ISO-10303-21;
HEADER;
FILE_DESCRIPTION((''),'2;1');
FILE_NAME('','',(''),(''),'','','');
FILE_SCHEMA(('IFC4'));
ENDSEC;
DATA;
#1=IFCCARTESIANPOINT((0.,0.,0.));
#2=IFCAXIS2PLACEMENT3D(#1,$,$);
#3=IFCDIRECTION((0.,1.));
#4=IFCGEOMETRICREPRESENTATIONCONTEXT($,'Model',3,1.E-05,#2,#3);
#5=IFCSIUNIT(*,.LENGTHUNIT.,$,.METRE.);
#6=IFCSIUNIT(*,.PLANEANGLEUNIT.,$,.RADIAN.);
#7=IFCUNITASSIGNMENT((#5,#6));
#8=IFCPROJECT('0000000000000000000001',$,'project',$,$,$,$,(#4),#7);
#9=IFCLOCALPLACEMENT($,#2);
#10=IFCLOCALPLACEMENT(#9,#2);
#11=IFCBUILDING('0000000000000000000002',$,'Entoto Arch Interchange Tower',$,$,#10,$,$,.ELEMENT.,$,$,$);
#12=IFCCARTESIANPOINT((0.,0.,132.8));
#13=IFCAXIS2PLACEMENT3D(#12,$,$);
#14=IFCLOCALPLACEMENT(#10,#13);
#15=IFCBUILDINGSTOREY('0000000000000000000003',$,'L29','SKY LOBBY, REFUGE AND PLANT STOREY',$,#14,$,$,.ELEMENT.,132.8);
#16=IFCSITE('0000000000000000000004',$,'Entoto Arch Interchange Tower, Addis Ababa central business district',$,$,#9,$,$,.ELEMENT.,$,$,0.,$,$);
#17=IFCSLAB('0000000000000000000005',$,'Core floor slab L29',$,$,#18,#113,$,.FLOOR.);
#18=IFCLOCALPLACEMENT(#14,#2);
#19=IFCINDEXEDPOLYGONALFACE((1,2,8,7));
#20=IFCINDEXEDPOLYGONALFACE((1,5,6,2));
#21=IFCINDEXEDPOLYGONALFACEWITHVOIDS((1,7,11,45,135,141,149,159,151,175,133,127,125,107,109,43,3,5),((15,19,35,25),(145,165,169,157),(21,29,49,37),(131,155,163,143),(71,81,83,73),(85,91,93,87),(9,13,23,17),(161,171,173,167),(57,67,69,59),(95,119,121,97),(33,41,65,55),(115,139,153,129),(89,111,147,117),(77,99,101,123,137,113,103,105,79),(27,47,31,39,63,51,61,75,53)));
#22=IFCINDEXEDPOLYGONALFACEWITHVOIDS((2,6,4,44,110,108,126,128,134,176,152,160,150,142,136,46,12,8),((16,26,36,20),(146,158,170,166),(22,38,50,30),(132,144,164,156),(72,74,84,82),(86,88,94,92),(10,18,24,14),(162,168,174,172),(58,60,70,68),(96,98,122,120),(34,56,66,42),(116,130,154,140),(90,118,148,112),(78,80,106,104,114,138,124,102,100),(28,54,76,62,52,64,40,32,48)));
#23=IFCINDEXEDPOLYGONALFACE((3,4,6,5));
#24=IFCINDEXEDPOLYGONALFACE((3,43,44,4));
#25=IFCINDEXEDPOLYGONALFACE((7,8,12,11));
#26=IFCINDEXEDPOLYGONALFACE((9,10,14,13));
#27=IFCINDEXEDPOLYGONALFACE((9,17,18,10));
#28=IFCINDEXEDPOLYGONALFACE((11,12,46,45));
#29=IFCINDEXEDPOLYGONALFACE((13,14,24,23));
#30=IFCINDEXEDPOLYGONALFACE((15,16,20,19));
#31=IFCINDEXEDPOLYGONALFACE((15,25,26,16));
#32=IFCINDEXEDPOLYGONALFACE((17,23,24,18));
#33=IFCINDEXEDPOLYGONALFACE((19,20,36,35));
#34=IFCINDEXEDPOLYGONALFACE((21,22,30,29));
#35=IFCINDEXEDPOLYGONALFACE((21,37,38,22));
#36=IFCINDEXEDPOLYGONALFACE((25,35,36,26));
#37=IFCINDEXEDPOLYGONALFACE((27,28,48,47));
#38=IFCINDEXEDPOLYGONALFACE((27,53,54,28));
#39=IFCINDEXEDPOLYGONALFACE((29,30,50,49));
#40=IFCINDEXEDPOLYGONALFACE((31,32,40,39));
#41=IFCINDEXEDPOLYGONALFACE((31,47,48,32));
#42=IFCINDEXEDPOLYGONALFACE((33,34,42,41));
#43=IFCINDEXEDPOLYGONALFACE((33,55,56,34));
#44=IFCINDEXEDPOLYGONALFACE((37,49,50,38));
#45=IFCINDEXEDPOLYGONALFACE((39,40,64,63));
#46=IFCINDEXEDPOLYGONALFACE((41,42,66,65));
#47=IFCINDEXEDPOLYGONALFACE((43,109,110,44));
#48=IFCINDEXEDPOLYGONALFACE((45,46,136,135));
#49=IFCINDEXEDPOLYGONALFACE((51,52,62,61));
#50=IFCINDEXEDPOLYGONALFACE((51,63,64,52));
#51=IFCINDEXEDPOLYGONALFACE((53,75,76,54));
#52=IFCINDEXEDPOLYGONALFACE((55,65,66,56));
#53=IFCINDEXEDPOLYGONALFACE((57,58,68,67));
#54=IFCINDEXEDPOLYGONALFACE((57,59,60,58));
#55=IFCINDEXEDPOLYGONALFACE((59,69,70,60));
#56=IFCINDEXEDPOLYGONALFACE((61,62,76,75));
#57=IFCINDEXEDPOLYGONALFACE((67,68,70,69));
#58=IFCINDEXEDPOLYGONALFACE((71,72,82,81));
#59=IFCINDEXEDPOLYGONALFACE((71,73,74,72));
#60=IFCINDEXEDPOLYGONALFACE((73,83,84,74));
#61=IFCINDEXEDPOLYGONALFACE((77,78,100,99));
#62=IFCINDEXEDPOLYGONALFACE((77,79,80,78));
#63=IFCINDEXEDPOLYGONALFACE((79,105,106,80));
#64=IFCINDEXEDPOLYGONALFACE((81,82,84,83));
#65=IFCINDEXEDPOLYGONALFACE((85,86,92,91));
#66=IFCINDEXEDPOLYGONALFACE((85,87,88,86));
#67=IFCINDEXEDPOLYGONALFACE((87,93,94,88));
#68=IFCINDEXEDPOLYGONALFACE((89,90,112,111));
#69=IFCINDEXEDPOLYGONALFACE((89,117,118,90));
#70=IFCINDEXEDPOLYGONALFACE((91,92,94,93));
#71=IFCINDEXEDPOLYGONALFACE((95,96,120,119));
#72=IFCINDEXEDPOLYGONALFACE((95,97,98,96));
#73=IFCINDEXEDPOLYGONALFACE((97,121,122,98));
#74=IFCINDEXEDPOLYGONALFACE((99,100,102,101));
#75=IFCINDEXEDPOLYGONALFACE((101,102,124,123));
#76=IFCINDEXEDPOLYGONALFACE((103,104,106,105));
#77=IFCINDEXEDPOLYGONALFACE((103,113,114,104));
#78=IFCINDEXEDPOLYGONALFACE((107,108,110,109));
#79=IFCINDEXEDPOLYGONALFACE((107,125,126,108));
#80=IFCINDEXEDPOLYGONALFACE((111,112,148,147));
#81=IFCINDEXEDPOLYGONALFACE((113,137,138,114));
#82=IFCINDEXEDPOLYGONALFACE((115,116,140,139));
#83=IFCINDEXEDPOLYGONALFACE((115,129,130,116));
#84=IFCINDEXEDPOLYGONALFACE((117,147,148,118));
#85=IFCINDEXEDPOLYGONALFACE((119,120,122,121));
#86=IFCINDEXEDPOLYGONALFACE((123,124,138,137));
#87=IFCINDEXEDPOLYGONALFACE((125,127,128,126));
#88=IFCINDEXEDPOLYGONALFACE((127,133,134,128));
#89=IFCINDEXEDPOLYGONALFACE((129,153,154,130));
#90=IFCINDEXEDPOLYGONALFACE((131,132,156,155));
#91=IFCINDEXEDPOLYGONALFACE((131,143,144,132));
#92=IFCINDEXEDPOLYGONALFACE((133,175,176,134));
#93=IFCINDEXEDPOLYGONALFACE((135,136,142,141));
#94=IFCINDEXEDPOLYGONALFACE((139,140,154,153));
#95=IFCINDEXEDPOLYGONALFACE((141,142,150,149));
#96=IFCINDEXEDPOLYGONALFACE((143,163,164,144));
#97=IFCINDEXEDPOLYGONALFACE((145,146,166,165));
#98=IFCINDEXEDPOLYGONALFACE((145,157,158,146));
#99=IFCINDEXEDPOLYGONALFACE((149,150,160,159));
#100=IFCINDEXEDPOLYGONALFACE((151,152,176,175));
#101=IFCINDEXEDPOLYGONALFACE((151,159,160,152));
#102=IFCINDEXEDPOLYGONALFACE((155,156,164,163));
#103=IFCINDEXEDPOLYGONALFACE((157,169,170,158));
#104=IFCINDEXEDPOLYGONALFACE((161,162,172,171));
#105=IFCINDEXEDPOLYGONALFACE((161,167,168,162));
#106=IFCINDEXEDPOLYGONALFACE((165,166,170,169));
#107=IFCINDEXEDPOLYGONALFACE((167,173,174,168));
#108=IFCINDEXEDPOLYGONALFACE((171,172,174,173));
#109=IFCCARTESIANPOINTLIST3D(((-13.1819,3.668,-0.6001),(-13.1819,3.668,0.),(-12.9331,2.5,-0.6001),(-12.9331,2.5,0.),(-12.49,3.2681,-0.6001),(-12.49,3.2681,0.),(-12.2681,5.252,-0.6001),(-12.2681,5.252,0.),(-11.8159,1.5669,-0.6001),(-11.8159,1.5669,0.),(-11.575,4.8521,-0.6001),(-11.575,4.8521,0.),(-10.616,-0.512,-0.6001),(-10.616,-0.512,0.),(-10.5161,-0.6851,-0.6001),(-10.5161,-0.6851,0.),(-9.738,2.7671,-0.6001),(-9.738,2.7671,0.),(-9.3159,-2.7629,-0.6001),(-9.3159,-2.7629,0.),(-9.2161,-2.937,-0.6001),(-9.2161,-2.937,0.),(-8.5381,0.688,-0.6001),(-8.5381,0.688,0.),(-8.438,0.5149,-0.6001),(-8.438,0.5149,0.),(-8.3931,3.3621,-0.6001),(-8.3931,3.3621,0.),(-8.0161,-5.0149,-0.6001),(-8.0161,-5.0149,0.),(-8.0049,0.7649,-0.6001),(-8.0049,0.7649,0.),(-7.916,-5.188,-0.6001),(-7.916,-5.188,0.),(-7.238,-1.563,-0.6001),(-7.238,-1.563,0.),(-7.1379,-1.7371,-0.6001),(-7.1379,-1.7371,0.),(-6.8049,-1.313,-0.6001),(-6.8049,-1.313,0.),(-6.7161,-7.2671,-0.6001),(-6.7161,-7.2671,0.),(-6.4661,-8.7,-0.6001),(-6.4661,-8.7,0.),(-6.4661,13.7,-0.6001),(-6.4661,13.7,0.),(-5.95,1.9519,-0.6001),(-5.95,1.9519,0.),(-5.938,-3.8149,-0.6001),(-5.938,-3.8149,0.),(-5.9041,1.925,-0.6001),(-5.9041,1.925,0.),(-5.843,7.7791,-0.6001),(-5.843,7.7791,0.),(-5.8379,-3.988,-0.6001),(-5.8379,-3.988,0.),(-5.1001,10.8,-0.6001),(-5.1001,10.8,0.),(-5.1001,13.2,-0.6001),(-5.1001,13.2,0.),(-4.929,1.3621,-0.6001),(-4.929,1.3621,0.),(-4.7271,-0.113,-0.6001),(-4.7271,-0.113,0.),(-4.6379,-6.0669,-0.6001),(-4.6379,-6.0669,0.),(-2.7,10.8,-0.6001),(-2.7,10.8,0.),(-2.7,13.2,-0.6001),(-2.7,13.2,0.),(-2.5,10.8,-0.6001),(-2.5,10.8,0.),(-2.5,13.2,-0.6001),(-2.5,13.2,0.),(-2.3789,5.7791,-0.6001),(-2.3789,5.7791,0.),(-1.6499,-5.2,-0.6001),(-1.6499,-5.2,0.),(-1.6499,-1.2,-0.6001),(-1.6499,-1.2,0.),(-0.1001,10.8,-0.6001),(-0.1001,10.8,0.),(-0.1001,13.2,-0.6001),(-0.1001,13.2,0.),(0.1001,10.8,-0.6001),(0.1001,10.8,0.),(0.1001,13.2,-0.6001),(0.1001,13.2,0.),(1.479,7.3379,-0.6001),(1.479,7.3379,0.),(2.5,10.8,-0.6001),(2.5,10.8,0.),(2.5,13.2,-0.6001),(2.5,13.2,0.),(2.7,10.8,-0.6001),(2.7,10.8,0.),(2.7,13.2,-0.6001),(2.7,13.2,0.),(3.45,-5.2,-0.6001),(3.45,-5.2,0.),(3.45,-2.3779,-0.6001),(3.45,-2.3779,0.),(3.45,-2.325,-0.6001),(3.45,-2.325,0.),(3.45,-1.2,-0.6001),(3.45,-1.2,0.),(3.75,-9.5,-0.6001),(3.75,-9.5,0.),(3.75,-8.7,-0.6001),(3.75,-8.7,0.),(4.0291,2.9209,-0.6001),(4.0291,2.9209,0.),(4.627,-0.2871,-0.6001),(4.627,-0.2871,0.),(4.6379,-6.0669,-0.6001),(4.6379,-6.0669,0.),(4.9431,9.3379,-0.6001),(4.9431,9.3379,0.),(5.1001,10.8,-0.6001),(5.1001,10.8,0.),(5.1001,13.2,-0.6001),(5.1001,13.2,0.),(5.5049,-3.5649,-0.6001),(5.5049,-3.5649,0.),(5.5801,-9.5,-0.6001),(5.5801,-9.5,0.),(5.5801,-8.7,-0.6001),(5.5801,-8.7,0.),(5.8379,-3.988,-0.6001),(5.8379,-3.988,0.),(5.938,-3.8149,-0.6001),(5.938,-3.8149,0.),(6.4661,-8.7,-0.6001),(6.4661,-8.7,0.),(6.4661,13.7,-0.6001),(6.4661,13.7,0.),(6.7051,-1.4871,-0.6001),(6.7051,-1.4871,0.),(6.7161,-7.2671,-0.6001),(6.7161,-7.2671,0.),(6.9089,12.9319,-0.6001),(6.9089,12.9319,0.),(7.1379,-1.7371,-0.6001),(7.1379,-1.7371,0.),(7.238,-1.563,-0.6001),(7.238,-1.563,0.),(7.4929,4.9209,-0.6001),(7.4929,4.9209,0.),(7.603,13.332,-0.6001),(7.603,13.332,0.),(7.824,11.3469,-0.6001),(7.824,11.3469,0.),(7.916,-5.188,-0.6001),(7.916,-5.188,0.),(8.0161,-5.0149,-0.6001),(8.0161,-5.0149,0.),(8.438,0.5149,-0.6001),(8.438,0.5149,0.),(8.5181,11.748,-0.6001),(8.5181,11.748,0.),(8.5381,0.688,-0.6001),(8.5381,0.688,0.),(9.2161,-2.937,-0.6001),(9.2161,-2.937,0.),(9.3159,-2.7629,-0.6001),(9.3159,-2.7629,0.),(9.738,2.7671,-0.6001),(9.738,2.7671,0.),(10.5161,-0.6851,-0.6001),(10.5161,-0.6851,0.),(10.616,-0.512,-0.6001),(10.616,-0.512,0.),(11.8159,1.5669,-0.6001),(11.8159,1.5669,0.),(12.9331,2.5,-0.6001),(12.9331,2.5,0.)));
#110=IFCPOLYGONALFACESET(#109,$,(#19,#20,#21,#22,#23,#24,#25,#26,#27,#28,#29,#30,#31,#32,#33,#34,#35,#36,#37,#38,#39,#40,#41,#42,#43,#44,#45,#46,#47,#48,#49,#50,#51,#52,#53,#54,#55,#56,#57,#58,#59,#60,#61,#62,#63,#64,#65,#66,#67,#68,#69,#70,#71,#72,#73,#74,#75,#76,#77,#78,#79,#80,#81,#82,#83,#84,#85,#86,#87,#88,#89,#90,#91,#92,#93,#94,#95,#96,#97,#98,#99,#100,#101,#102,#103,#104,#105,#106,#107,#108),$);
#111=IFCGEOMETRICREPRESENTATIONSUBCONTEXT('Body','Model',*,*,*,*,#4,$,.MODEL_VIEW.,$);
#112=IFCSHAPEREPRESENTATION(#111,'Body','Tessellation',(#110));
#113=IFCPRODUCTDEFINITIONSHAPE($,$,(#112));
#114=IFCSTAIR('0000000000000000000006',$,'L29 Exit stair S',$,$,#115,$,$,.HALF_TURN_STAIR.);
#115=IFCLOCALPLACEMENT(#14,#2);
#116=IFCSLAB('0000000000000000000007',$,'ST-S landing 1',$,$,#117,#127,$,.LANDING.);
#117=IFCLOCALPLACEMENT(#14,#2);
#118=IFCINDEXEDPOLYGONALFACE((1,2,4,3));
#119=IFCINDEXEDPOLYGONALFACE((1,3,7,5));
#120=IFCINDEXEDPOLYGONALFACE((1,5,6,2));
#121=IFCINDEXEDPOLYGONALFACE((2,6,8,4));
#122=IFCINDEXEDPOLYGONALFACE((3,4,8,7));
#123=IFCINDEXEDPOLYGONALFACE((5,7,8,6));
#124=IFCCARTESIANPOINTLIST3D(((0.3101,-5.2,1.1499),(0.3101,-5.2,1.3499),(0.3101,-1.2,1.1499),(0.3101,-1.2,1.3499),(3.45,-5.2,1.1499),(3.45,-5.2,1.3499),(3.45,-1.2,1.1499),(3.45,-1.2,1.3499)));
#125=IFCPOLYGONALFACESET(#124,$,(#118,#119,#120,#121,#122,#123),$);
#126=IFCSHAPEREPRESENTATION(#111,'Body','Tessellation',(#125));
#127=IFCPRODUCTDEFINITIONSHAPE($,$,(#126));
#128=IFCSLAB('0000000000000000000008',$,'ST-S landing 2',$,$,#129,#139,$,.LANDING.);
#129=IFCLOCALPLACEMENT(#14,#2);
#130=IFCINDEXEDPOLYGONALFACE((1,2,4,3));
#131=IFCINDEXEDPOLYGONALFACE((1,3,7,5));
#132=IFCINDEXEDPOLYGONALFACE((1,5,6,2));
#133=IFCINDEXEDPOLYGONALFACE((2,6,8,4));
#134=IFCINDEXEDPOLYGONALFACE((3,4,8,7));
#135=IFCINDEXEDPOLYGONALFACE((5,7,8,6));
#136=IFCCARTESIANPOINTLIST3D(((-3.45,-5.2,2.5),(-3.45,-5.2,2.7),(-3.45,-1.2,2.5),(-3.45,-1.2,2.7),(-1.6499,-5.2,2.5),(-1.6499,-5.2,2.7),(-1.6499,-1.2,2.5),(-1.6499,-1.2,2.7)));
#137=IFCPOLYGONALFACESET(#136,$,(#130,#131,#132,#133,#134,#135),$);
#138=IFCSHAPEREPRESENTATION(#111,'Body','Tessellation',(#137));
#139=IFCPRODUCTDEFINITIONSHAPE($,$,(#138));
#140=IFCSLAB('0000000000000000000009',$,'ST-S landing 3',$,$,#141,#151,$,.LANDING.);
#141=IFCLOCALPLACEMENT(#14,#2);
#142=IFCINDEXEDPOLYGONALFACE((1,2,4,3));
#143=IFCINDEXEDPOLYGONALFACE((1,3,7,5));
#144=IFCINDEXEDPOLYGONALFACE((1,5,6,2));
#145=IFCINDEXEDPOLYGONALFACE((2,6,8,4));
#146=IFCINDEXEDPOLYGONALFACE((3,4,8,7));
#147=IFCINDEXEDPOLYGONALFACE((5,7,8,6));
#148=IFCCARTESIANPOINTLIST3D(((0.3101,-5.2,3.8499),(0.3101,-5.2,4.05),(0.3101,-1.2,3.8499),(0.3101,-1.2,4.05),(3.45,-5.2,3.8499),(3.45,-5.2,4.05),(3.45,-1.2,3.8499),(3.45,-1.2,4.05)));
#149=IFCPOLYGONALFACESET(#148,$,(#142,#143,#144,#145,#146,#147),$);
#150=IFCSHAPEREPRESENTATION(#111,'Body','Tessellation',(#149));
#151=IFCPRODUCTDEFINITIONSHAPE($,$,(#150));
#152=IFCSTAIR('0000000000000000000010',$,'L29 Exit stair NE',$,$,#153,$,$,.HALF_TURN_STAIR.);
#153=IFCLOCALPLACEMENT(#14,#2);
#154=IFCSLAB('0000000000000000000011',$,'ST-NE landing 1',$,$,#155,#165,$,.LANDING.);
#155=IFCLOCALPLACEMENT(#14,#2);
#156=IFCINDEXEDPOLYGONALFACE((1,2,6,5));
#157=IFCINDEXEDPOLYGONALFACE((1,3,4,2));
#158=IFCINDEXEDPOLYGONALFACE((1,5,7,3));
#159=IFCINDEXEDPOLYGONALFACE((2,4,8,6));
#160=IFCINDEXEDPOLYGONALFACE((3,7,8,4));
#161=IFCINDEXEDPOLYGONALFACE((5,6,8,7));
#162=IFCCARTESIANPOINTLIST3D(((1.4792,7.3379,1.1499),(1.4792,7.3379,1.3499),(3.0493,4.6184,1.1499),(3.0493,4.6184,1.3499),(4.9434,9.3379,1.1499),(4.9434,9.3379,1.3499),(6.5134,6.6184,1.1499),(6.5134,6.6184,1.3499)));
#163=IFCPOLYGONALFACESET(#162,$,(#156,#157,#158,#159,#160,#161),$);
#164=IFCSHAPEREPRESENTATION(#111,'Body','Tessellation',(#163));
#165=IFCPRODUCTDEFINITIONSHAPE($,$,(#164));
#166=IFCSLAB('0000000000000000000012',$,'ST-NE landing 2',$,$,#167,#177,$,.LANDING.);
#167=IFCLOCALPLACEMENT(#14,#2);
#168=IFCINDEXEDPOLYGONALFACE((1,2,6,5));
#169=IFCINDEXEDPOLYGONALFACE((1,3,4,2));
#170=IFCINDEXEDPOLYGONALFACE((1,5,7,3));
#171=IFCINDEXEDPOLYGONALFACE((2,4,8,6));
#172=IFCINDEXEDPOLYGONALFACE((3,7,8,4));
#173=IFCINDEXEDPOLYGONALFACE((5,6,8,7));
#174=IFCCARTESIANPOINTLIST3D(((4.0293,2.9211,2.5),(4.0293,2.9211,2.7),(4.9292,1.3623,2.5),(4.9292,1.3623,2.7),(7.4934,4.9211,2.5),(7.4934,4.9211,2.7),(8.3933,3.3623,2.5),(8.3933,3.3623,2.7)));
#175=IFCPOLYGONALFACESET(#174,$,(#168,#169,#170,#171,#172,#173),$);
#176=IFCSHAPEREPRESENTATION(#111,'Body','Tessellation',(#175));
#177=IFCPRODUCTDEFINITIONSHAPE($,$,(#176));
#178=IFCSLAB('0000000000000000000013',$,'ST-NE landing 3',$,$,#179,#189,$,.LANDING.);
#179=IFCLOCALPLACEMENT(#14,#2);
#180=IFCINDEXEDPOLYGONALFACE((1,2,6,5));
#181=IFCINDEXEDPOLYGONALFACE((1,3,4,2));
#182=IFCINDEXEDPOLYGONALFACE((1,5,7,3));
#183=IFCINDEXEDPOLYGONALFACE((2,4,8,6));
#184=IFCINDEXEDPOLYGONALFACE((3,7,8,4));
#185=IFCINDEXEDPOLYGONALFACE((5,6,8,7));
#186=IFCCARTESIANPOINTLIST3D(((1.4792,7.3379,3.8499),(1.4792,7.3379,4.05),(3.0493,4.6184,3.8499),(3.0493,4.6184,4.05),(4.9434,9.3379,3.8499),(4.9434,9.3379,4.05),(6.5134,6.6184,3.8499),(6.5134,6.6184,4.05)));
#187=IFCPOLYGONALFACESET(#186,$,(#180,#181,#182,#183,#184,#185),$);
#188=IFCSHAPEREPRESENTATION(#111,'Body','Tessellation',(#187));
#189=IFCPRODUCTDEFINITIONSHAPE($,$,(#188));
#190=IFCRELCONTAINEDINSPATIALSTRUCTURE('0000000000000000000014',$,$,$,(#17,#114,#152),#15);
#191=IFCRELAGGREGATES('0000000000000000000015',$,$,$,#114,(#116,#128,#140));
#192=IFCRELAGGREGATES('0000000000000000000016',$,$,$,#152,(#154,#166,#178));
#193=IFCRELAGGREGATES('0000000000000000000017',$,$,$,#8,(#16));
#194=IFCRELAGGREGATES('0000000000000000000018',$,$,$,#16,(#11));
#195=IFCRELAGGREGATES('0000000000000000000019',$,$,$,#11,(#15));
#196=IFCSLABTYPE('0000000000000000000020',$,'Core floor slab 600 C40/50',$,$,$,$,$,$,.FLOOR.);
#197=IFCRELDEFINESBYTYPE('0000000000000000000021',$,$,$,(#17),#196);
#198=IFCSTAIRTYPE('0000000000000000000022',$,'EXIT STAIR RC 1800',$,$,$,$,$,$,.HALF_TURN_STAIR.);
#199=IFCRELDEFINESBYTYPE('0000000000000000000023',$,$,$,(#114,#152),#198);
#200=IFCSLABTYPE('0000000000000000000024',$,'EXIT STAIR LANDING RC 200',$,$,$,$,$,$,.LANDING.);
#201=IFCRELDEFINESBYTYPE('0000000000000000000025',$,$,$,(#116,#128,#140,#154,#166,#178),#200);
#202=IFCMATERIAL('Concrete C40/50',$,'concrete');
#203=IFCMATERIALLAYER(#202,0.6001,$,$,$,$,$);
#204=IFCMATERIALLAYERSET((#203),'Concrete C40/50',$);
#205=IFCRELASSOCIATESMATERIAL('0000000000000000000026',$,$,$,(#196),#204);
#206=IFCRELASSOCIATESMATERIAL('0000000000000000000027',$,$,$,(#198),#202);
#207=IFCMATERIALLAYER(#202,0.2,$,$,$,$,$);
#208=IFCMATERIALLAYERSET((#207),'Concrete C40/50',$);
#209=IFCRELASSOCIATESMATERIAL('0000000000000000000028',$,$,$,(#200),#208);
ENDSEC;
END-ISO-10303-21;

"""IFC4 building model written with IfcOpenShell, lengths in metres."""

from ifc_helpers import new_model, si_unit, direction, frame, origin, place, context, subcontext, project, spatial, polyline, outline, extrude, material, layer, layer_set, type_object, element, aggregate, save


model = new_model("IFC4")

# Units and contexts
model_context = context("Model", 3, precision=1e-05, world=origin(), true_north=direction((0.0, 1.0)))
body_context = subcontext(model_context, "Body", "Model", "MODEL_VIEW")
ifc_project = project(units=[si_unit("LENGTHUNIT", "METRE"), si_unit("PLANEANGLEUNIT", "RADIAN")], contexts=[model_context])

# Site, building, storey
site_placement = place(None, origin())
site = spatial("IfcSite", under=ifc_project, at=site_placement, Name="Entoto Arch Interchange Tower, Addis Ababa central business district", CompositionType="ELEMENT", RefElevation=0.0)
building_placement = place(site_placement, origin())
building = spatial("IfcBuilding", under=site, at=building_placement, Name="Entoto Arch Interchange Tower", CompositionType="ELEMENT")
storey_placement = place(building_placement, frame((0.0, 0.0, 132.8)))
storey = spatial("IfcBuildingStorey", under=building, at=storey_placement, Name="L29", Description="SKY LOBBY, REFUGE AND PLANT STOREY", CompositionType="ELEMENT", Elevation=132.8)

# Slab
ifc_material_1 = material(Name="Concrete C40/50", Category="concrete")
ifc_layer_1 = layer(ifc_material_1, 0.6001)
ifc_layer_set_1 = layer_set([ifc_layer_1], Name="Concrete C40/50")
slab_type_1 = type_object("IfcSlabType", Name="Core floor slab 600 C40/50", PredefinedType="FLOOR", material=ifc_layer_set_1)
slab_1_placement = place(storey_placement, frame((0.0, 0.0, -0.6001)))
element("IfcSlab", 1, at=slab_1_placement, inside=storey, type_object=slab_type_1, Name="Core floor slab L29", PredefinedType="FLOOR", context=body_context, shape_type="SweptSolid", body=[
    extrude(outline(polyline([(5.5801, -9.5), (3.75, -9.5), (3.75, -8.7), (-6.4661, -8.7), (-12.9331, 2.5), (-12.49, 3.2681), (-13.1819, 3.668), (-12.2681, 5.252), (-11.575, 4.8521), (-6.4661, 13.7), (6.4661, 13.7), (6.9089, 12.9319), (7.603, 13.332), (8.5181, 11.748), (7.824, 11.3469), (12.9331, 2.5), (6.4661, -8.7), (5.5801, -8.7), (5.5801, -9.5)]), holes=[polyline([(-4.6379, -6.0669), (-5.8379, -3.988), (-7.916, -5.188), (-6.7161, -7.2671), (-4.6379, -6.0669)]), polyline([(-5.938, -3.8149), (-7.1379, -1.7371), (-9.2161, -2.937), (-8.0161, -5.0149), (-5.938, -3.8149)]), polyline([(5.5049, -3.5649), (6.7051, -1.4871), (4.627, -0.2871), (3.45, -2.325), (3.45, -1.2), (-1.6499, -1.2), (-1.6499, -5.2), (3.45, -5.2), (3.45, -2.3779), (5.5049, -3.5649)]), polyline([(-7.238, -1.563), (-8.438, 0.5149), (-10.5161, -0.6851), (-9.3159, -2.7629), (-7.238, -1.563)]), polyline([(-4.7271, -0.113), (-5.9041, 1.925), (-4.929, 1.3621), (-2.3789, 5.7791), (-5.843, 7.7791), (-8.3931, 3.3621), (-5.95, 1.9519), (-8.0049, 0.7649), (-6.8049, -1.313), (-4.7271, -0.113)]), polyline([(-8.5381, 0.688), (-9.738, 2.7671), (-11.8159, 1.5669), (-10.616, -0.512), (-8.5381, 0.688)]), polyline([(-5.1001, 10.8), (-2.7, 10.8), (-2.7, 13.2), (-5.1001, 13.2), (-5.1001, 10.8)]), polyline([(-2.5, 10.8), (-0.1001, 10.8), (-0.1001, 13.2), (-2.5, 13.2), (-2.5, 10.8)]), polyline([(5.8379, -3.988), (4.6379, -6.0669), (6.7161, -7.2671), (7.916, -5.188), (5.8379, -3.988)]), polyline([(7.1379, -1.7371), (5.938, -3.8149), (8.0161, -5.0149), (9.2161, -2.937), (7.1379, -1.7371)]), polyline([(8.438, 0.5149), (7.238, -1.563), (9.3159, -2.7629), (10.5161, -0.6851), (8.438, 0.5149)]), polyline([(9.738, 2.7671), (8.5381, 0.688), (10.616, -0.512), (11.8159, 1.5669), (9.738, 2.7671)]), polyline([(4.0291, 2.9209), (7.4929, 4.9209), (4.9431, 9.3379), (1.479, 7.3379), (4.0291, 2.9209)]), polyline([(0.1001, 13.2), (0.1001, 10.8), (2.5, 10.8), (2.5, 13.2), (0.1001, 13.2)]), polyline([(2.7, 13.2), (2.7, 10.8), (5.1001, 10.8), (5.1001, 13.2), (2.7, 13.2)])]), origin(), (0.0, 0.0, 1.0), 0.6001),
])

# Stairs, slabs
stair_type = type_object("IfcStairType", Name="EXIT STAIR RC 1800", PredefinedType="HALF_TURN_STAIR", material=ifc_material_1)
stair_1_placement = place(storey_placement, origin())
stair_1 = element("IfcStair", 2, at=stair_1_placement, inside=storey, type_object=stair_type, Name="L29 Exit stair S", PredefinedType="HALF_TURN_STAIR")
ifc_layer_2 = layer(ifc_material_1, 0.2)
ifc_layer_set_2 = layer_set([ifc_layer_2], Name="Concrete C40/50")
slab_type_2 = type_object("IfcSlabType", Name="EXIT STAIR LANDING RC 200", PredefinedType="LANDING", material=ifc_layer_set_2)
slab_2_placement = place(storey_placement, frame((0.0, 0.0, 1.1499)))
slab_2 = element("IfcSlab", 3, at=slab_2_placement, type_object=slab_type_2, Name="ST-S landing 1", PredefinedType="LANDING", context=body_context, shape_type="SweptSolid", body=[
    extrude(outline(polyline([(0.3101, -5.2), (3.45, -5.2), (3.45, -1.2), (0.3101, -1.2), (0.3101, -5.2)])), origin(), (0.0, 0.0, 1.0), 0.2),
])
slab_3_placement = place(storey_placement, frame((0.0, 0.0, 2.5)))
slab_3 = element("IfcSlab", 4, at=slab_3_placement, type_object=slab_type_2, Name="ST-S landing 2", PredefinedType="LANDING", context=body_context, shape_type="SweptSolid", body=[
    extrude(outline(polyline([(-3.45, -5.2), (-1.6499, -5.2), (-1.6499, -1.2), (-3.45, -1.2), (-3.45, -5.2)])), origin(), (0.0, 0.0, 1.0), 0.2),
])
slab_4_placement = place(storey_placement, frame((0.0, 0.0, 3.8499)))
slab_4 = element("IfcSlab", 5, at=slab_4_placement, type_object=slab_type_2, Name="ST-S landing 3", PredefinedType="LANDING", context=body_context, shape_type="SweptSolid", body=[
    extrude(outline(polyline([(0.3101, -5.2), (3.45, -5.2), (3.45, -1.2), (0.3101, -1.2), (0.3101, -5.2)])), origin(), (0.0, 0.0, 1.0), 0.2002),
])
aggregate(stair_1, [slab_2, slab_3, slab_4])
stair_2_placement = place(storey_placement, origin())
stair_2 = element("IfcStair", 6, at=stair_2_placement, inside=storey, type_object=stair_type, Name="L29 Exit stair NE", PredefinedType="HALF_TURN_STAIR")
slab_5_placement = place(storey_placement, frame((0.0, 0.0, 1.1499)))
slab_5 = element("IfcSlab", 7, at=slab_5_placement, type_object=slab_type_2, Name="ST-NE landing 1", PredefinedType="LANDING", context=body_context, shape_type="SweptSolid", body=[
    extrude(outline(polyline([(6.5134, 6.6184), (4.9434, 9.3379), (1.4792, 7.3379), (3.0493, 4.6184), (6.5134, 6.6184)])), origin(), (0.0, 0.0, 1.0), 0.2),
])
slab_6_placement = place(storey_placement, frame((0.0, 0.0, 2.5)))
slab_6 = element("IfcSlab", 8, at=slab_6_placement, type_object=slab_type_2, Name="ST-NE landing 2", PredefinedType="LANDING", context=body_context, shape_type="SweptSolid", body=[
    extrude(outline(polyline([(8.3933, 3.3623), (7.4934, 4.9211), (4.0293, 2.9211), (4.9292, 1.3623), (8.3933, 3.3623)])), origin(), (0.0, 0.0, 1.0), 0.2),
])
slab_7_placement = place(storey_placement, frame((0.0, 0.0, 3.8499)))
slab_7 = element("IfcSlab", 9, at=slab_7_placement, type_object=slab_type_2, Name="ST-NE landing 3", PredefinedType="LANDING", context=body_context, shape_type="SweptSolid", body=[
    extrude(outline(polyline([(6.5134, 6.6184), (4.9434, 9.3379), (1.4792, 7.3379), (3.0493, 4.6184), (6.5134, 6.6184)])), origin(), (0.0, 0.0, 1.0), 0.2002),
])
aggregate(stair_2, [slab_5, slab_6, slab_7])

save(model, "model.ifc")
